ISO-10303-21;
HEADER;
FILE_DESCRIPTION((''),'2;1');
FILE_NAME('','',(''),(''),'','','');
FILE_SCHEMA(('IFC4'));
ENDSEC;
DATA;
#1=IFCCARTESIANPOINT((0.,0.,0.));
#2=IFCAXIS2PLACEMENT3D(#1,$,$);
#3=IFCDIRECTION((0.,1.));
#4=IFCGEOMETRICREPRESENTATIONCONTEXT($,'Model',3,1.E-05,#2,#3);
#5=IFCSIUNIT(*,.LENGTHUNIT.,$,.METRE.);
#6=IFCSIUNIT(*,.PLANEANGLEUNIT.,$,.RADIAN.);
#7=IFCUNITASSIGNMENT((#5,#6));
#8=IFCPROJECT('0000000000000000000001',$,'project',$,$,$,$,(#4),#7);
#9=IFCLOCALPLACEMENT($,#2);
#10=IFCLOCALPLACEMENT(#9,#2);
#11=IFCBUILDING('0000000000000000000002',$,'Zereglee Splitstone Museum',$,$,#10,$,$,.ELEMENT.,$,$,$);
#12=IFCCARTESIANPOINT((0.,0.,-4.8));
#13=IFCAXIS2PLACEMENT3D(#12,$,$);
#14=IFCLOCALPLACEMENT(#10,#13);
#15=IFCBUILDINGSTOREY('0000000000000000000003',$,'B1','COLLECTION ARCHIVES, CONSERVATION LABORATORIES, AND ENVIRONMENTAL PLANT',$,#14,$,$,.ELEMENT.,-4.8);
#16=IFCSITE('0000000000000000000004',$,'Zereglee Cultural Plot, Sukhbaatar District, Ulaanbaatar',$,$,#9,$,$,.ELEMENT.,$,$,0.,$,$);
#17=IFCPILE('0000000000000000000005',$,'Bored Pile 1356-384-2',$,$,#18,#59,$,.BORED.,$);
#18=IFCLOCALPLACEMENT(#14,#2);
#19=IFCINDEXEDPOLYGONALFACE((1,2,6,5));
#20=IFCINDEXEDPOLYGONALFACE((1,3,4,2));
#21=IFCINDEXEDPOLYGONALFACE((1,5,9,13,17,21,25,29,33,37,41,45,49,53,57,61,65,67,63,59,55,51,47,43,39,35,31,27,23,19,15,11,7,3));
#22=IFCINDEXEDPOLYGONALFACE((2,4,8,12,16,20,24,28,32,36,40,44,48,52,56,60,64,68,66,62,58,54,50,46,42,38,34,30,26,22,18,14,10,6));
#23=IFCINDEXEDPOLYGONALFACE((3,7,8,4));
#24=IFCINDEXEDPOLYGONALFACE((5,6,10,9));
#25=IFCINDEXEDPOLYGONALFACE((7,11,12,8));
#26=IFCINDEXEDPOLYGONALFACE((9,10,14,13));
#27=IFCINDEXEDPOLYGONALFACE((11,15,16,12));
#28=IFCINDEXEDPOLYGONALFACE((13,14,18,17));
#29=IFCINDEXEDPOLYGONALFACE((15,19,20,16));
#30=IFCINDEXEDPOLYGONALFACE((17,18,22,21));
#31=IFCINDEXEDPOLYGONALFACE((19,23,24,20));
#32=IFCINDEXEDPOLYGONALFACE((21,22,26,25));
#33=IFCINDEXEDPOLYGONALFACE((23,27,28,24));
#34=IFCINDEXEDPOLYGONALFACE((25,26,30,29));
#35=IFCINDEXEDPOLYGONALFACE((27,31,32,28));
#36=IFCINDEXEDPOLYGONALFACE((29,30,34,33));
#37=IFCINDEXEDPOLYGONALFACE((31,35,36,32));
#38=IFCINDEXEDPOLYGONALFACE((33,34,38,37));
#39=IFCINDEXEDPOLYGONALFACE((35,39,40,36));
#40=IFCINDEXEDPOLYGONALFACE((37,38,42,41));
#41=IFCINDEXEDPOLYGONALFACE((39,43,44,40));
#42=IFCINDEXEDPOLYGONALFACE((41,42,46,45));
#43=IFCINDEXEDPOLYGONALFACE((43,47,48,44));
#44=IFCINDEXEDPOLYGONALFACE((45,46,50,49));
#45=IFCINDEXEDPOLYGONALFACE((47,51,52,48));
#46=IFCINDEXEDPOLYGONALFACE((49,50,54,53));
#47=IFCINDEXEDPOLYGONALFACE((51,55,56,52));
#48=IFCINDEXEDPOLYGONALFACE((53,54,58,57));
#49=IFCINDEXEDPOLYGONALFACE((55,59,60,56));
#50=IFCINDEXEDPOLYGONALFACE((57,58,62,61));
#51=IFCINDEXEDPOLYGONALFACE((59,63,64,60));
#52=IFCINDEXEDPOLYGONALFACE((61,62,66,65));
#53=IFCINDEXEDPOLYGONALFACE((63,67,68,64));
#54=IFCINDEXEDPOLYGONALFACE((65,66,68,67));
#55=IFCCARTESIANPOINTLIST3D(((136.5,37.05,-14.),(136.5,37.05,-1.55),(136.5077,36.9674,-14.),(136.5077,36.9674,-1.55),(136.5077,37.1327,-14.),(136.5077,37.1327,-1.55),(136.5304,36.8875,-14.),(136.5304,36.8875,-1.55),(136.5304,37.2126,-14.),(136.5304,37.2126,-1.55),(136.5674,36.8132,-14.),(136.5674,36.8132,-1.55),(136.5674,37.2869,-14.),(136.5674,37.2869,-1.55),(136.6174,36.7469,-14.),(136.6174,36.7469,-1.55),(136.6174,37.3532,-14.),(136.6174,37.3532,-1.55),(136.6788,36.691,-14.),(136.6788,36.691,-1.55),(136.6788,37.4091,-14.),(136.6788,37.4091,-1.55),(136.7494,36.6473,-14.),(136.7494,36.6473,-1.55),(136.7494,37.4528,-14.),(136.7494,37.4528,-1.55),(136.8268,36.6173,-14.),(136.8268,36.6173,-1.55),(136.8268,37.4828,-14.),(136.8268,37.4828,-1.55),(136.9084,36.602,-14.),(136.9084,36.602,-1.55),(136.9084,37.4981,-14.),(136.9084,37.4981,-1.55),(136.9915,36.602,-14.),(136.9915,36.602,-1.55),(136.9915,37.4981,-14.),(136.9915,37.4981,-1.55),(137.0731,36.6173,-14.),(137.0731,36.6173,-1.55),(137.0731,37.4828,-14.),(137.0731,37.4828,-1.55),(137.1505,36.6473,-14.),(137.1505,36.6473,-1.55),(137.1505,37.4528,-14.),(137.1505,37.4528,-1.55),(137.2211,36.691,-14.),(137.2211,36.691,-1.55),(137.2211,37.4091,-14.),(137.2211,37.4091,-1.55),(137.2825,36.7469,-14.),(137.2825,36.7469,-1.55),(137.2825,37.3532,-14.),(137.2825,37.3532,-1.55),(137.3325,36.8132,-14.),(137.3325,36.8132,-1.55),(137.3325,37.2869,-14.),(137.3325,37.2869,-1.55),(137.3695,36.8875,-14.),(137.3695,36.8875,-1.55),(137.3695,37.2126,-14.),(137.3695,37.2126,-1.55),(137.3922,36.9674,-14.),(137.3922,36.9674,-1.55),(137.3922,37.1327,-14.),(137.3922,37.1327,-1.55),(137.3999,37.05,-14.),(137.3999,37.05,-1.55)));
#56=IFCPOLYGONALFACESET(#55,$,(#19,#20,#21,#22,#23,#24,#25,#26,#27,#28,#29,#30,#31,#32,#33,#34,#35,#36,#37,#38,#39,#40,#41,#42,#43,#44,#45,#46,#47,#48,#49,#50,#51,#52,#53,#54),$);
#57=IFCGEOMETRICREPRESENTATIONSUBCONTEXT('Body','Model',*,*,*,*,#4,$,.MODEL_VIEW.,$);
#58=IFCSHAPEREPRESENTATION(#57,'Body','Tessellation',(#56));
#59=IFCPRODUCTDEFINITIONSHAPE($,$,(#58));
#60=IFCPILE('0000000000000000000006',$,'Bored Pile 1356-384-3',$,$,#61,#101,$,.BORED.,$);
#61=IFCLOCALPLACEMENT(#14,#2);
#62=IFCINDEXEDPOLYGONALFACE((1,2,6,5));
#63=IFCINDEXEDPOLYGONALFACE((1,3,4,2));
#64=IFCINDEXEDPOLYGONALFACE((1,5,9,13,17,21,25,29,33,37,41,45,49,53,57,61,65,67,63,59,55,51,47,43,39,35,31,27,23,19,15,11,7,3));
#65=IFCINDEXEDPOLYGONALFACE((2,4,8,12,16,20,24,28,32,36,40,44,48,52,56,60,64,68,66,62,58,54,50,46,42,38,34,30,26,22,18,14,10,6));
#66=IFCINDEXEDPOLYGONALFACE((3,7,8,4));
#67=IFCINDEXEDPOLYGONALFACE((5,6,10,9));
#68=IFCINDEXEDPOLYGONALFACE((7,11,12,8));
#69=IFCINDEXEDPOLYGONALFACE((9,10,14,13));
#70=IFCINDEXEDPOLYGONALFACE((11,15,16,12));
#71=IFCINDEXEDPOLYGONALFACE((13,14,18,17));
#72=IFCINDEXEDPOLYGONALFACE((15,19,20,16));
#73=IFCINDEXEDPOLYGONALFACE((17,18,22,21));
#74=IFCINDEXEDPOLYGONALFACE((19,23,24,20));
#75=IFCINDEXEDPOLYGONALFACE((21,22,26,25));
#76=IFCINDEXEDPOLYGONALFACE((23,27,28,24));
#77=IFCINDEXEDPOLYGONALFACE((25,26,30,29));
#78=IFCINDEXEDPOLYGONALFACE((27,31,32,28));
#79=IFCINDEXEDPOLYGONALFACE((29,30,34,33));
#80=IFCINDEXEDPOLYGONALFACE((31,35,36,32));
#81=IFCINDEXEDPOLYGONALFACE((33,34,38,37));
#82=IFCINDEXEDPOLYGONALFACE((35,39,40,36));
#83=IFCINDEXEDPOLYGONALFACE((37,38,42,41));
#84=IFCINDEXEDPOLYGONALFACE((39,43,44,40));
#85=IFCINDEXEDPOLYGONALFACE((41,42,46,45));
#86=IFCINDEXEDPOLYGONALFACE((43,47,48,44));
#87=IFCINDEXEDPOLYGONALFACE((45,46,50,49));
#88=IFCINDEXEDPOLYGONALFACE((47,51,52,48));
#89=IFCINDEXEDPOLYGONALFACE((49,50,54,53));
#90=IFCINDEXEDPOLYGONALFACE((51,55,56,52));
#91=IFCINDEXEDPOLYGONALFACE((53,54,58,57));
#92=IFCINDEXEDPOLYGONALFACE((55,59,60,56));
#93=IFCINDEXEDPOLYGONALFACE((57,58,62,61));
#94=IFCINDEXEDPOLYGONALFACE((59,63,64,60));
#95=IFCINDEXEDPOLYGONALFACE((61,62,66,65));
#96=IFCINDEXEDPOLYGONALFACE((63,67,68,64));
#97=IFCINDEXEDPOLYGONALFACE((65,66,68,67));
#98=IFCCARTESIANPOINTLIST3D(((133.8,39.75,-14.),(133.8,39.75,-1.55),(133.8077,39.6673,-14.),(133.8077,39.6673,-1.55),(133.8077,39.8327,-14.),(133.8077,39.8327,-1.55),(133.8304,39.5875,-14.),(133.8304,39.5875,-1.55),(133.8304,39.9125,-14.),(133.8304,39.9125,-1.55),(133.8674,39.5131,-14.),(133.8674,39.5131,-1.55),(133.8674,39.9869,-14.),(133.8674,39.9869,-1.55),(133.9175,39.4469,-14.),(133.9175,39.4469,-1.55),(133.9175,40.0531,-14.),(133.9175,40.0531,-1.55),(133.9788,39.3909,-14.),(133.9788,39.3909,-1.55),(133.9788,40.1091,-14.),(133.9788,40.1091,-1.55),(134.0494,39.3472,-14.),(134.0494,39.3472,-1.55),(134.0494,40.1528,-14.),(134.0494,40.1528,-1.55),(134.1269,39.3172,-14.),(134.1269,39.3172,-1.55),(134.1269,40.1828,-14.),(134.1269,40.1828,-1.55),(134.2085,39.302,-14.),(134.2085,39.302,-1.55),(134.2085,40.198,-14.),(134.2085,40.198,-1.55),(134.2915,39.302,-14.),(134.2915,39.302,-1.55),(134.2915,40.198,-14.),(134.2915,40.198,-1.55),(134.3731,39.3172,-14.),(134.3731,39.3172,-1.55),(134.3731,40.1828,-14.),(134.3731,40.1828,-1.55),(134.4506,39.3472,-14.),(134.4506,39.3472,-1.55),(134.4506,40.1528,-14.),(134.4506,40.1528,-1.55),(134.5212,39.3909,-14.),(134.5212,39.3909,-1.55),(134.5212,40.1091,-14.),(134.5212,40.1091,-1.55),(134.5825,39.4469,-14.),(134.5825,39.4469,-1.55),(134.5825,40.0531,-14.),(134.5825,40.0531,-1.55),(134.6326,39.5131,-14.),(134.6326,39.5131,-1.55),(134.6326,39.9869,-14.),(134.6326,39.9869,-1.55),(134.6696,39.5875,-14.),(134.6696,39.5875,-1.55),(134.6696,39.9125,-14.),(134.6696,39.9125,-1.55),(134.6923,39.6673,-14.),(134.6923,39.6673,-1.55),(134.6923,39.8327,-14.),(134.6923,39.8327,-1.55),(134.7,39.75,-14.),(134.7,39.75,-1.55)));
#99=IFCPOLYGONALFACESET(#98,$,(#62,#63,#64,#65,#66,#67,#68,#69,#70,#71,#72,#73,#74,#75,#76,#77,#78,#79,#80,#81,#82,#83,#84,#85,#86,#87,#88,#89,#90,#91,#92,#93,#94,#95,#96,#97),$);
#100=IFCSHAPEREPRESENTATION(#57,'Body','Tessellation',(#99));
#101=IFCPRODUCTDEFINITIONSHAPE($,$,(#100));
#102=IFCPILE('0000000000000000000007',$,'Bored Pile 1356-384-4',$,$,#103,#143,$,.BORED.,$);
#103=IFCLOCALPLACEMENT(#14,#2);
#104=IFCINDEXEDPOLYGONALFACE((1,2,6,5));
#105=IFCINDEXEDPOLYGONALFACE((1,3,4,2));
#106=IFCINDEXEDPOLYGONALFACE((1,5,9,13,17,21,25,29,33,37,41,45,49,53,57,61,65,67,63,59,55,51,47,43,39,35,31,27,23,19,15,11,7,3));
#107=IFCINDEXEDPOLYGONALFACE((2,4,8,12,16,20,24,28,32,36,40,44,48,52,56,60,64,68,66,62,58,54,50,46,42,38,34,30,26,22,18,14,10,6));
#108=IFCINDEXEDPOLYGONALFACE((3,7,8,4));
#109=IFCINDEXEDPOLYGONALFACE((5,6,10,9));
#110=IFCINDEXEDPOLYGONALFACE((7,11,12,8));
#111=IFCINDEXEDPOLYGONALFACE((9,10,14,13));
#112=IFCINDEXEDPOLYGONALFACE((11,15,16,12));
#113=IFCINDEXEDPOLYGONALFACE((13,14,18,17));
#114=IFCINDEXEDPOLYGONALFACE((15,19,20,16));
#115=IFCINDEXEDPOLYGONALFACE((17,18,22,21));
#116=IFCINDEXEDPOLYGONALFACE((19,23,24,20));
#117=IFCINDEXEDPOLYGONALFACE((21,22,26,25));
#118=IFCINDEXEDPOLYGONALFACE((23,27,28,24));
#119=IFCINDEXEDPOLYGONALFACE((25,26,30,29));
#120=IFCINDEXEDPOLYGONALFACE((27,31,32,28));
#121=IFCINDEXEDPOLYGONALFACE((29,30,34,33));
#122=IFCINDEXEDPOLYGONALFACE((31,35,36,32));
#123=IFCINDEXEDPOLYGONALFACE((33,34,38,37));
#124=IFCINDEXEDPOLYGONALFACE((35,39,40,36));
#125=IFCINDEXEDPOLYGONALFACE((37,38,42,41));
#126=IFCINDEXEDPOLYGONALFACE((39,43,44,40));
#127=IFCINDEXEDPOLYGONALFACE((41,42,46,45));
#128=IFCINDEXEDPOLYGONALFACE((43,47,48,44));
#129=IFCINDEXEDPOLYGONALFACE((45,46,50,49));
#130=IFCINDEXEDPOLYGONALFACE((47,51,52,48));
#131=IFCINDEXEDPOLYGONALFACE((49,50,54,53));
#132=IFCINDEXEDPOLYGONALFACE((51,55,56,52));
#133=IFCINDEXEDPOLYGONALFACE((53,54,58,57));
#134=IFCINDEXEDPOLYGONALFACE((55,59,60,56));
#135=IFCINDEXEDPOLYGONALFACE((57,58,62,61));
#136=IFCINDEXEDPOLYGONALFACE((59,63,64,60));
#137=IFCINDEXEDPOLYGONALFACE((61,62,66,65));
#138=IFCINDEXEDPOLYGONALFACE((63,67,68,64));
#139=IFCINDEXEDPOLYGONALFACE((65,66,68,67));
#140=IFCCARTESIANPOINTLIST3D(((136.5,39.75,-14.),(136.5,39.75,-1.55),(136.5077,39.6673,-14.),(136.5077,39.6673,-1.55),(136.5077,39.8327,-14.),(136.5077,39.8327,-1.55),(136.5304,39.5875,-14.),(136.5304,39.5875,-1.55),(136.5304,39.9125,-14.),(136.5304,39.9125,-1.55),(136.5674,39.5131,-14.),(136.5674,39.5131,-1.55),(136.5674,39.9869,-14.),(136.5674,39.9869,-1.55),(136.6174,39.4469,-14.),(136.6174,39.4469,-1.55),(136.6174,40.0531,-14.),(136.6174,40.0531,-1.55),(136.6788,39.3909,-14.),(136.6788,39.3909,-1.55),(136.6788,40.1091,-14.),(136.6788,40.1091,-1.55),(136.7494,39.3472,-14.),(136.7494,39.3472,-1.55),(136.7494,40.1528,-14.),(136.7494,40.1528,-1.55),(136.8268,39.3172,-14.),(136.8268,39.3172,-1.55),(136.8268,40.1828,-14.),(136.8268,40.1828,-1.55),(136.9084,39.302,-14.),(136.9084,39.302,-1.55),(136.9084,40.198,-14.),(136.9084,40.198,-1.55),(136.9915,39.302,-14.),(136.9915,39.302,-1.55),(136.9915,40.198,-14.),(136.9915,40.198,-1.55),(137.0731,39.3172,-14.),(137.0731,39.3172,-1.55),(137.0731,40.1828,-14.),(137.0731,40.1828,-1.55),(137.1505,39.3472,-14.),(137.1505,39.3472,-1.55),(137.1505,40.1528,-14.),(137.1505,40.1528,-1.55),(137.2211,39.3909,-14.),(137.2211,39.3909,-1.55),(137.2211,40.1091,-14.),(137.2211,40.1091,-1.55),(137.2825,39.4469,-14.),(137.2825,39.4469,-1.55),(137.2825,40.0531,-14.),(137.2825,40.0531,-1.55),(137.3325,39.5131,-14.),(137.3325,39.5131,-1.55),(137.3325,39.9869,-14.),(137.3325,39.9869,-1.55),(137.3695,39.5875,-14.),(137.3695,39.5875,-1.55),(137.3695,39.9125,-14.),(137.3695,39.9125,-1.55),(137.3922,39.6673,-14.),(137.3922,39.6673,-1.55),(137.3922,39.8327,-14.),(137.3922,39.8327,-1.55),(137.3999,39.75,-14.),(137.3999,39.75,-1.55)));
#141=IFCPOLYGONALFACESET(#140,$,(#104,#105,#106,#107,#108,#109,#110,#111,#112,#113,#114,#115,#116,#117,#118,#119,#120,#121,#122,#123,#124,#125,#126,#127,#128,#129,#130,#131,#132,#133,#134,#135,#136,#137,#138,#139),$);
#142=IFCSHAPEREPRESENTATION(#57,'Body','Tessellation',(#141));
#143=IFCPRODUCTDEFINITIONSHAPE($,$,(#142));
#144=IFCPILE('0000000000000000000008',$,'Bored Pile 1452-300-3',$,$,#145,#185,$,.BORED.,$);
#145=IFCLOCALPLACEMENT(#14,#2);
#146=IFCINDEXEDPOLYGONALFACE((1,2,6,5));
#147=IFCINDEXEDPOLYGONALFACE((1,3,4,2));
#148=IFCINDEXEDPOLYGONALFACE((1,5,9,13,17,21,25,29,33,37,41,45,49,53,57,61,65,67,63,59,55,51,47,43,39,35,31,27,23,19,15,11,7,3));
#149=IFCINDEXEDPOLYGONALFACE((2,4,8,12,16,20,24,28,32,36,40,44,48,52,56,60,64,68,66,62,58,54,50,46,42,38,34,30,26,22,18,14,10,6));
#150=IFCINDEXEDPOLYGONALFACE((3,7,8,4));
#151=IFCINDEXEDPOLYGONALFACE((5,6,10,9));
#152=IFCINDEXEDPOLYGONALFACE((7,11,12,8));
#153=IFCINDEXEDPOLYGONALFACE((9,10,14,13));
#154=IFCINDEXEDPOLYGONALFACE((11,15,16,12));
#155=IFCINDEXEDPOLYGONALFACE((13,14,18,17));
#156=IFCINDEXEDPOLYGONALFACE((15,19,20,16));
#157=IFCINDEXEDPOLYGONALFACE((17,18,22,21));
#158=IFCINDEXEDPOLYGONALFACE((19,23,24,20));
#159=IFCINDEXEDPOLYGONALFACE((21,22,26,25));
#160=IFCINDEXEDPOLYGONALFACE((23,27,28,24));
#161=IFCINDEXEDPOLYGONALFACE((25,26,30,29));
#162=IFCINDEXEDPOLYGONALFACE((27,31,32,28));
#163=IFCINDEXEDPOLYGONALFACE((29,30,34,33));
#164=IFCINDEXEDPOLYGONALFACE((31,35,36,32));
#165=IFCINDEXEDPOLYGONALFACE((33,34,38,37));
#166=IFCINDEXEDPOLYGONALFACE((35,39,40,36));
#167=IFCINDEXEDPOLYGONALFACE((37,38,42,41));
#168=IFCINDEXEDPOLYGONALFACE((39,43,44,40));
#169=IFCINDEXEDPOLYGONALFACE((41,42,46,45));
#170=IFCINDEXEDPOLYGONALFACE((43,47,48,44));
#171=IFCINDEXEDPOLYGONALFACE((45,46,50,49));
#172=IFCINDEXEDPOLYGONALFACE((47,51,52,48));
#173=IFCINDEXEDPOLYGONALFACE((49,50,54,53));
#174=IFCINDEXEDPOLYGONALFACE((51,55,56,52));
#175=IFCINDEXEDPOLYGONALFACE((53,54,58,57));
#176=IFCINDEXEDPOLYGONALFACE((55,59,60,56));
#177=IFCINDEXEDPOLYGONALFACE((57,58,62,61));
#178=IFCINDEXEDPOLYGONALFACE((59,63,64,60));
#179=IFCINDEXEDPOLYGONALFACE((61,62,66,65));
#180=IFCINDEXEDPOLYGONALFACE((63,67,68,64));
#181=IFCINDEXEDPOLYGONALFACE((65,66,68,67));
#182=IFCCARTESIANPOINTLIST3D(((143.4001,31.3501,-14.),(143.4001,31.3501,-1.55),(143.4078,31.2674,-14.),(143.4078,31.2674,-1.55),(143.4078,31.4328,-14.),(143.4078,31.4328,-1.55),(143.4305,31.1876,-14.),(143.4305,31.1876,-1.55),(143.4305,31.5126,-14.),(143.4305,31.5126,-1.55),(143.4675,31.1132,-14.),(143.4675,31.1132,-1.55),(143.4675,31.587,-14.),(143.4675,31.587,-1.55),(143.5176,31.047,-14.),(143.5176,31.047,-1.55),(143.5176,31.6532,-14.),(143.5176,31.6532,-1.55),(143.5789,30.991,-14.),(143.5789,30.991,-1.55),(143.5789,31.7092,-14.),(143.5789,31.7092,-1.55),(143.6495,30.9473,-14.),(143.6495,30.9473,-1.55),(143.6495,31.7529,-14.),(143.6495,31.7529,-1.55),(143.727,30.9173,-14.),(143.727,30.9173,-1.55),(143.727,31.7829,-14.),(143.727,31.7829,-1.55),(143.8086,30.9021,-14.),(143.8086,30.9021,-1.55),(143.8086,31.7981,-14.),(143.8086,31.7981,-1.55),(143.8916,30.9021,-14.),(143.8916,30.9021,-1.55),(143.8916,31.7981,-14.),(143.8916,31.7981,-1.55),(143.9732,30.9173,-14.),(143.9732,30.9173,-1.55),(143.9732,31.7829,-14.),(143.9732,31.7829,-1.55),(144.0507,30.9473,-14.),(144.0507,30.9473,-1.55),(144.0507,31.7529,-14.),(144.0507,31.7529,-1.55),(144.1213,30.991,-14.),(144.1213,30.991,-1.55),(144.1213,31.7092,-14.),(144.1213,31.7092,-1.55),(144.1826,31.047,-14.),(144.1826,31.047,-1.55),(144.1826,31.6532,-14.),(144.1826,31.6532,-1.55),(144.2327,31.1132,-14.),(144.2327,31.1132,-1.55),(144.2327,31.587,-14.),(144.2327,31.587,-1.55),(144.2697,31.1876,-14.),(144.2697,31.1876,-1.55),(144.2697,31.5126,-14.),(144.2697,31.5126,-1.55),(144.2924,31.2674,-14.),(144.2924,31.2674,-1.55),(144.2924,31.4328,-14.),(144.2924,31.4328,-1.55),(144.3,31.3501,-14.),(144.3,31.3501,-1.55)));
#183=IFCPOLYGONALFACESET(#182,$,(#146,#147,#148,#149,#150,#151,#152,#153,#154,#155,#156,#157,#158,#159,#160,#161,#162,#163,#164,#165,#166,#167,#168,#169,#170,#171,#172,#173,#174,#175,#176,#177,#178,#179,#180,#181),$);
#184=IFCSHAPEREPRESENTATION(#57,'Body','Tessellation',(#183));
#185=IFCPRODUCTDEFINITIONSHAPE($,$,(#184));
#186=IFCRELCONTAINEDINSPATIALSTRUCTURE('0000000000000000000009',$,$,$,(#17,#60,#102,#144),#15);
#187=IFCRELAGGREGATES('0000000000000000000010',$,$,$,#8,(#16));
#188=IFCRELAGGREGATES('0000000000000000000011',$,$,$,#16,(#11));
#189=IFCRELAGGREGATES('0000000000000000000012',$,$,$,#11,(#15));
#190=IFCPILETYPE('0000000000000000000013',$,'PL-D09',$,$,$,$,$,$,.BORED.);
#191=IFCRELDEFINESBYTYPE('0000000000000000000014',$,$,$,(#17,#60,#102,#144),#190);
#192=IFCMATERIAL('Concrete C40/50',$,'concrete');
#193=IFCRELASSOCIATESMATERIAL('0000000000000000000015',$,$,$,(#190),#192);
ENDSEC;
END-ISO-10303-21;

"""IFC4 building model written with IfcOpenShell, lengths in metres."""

from ifc_helpers import new_model, si_unit, direction, frame, origin, origin_2d, place, context, subcontext, project, spatial, circle, extrude, material, material_profile, profile_set, type_object, element, save


model = new_model("IFC4")

# Units and contexts
model_context = context("Model", 3, precision=1e-05, world=origin(), true_north=direction((0.0, 1.0)))
body_context = subcontext(model_context, "Body", "Model", "MODEL_VIEW")
ifc_project = project(units=[si_unit("LENGTHUNIT", "METRE"), si_unit("PLANEANGLEUNIT", "RADIAN")], contexts=[model_context])

# Site, building, storey
site_placement = place(None, origin())
site = spatial("IfcSite", under=ifc_project, at=site_placement, Name="Zereglee Cultural Plot, Sukhbaatar District, Ulaanbaatar", CompositionType="ELEMENT", RefElevation=0.0)
building_placement = place(site_placement, origin())
building = spatial("IfcBuilding", under=site, at=building_placement, Name="Zereglee Splitstone Museum", CompositionType="ELEMENT")
storey_placement = place(building_placement, frame((0.0, 0.0, -4.8)))
storey = spatial("IfcBuildingStorey", under=building, at=storey_placement, Name="B1", Description="COLLECTION ARCHIVES, CONSERVATION LABORATORIES, AND ENVIRONMENTAL PLANT", CompositionType="ELEMENT", Elevation=-4.8)

# Shared definitions
ifc_material_1 = material(Name="Concrete C40/50", Category="concrete")

# Piles
ifc_material_profile_1 = material_profile(ifc_material_1, circle(Radius=0.45, at=origin_2d()), Name="PILE D900")
ifc_profile_set_1 = profile_set([ifc_material_profile_1], Name="Concrete C40/50")
pile_type = type_object("IfcPileType", Name="PL-D09", PredefinedType="BORED", material=ifc_profile_set_1)
for number, where, z_axis, x_axis, name in (
    (1, (136.95, 37.05, -1.55), (0.0, 0.0, -1.0), (1.0, 0.0, 0.0), "Bored Pile 1356-384-2"),
    (2, (134.25, 39.75, -1.55), (0.0, 0.0, -1.0), (1.0, 0.0, 0.0), "Bored Pile 1356-384-3"),
    (3, (136.95, 39.75, -1.55), (0.0, 0.0, -1.0), (1.0, 0.0, 0.0), "Bored Pile 1356-384-4"),
    (4, (143.8501, 31.3501, -1.55), (0.0, 0.0, -1.0), (1.0, 0.0, 0.0), "Bored Pile 1452-300-3"),
):
    element("IfcPile", number, at=place(storey_placement, frame(where, z_axis=z_axis, x_axis=x_axis)), inside=storey, type_object=pile_type, Name=name, PredefinedType="BORED", context=body_context, shape_type="SweptSolid", body=[
        extrude(circle(Radius=0.45, at=origin_2d()), origin(), (0.0, 0.0, 1.0), 12.45),
    ])

save(model, "model.ifc")
